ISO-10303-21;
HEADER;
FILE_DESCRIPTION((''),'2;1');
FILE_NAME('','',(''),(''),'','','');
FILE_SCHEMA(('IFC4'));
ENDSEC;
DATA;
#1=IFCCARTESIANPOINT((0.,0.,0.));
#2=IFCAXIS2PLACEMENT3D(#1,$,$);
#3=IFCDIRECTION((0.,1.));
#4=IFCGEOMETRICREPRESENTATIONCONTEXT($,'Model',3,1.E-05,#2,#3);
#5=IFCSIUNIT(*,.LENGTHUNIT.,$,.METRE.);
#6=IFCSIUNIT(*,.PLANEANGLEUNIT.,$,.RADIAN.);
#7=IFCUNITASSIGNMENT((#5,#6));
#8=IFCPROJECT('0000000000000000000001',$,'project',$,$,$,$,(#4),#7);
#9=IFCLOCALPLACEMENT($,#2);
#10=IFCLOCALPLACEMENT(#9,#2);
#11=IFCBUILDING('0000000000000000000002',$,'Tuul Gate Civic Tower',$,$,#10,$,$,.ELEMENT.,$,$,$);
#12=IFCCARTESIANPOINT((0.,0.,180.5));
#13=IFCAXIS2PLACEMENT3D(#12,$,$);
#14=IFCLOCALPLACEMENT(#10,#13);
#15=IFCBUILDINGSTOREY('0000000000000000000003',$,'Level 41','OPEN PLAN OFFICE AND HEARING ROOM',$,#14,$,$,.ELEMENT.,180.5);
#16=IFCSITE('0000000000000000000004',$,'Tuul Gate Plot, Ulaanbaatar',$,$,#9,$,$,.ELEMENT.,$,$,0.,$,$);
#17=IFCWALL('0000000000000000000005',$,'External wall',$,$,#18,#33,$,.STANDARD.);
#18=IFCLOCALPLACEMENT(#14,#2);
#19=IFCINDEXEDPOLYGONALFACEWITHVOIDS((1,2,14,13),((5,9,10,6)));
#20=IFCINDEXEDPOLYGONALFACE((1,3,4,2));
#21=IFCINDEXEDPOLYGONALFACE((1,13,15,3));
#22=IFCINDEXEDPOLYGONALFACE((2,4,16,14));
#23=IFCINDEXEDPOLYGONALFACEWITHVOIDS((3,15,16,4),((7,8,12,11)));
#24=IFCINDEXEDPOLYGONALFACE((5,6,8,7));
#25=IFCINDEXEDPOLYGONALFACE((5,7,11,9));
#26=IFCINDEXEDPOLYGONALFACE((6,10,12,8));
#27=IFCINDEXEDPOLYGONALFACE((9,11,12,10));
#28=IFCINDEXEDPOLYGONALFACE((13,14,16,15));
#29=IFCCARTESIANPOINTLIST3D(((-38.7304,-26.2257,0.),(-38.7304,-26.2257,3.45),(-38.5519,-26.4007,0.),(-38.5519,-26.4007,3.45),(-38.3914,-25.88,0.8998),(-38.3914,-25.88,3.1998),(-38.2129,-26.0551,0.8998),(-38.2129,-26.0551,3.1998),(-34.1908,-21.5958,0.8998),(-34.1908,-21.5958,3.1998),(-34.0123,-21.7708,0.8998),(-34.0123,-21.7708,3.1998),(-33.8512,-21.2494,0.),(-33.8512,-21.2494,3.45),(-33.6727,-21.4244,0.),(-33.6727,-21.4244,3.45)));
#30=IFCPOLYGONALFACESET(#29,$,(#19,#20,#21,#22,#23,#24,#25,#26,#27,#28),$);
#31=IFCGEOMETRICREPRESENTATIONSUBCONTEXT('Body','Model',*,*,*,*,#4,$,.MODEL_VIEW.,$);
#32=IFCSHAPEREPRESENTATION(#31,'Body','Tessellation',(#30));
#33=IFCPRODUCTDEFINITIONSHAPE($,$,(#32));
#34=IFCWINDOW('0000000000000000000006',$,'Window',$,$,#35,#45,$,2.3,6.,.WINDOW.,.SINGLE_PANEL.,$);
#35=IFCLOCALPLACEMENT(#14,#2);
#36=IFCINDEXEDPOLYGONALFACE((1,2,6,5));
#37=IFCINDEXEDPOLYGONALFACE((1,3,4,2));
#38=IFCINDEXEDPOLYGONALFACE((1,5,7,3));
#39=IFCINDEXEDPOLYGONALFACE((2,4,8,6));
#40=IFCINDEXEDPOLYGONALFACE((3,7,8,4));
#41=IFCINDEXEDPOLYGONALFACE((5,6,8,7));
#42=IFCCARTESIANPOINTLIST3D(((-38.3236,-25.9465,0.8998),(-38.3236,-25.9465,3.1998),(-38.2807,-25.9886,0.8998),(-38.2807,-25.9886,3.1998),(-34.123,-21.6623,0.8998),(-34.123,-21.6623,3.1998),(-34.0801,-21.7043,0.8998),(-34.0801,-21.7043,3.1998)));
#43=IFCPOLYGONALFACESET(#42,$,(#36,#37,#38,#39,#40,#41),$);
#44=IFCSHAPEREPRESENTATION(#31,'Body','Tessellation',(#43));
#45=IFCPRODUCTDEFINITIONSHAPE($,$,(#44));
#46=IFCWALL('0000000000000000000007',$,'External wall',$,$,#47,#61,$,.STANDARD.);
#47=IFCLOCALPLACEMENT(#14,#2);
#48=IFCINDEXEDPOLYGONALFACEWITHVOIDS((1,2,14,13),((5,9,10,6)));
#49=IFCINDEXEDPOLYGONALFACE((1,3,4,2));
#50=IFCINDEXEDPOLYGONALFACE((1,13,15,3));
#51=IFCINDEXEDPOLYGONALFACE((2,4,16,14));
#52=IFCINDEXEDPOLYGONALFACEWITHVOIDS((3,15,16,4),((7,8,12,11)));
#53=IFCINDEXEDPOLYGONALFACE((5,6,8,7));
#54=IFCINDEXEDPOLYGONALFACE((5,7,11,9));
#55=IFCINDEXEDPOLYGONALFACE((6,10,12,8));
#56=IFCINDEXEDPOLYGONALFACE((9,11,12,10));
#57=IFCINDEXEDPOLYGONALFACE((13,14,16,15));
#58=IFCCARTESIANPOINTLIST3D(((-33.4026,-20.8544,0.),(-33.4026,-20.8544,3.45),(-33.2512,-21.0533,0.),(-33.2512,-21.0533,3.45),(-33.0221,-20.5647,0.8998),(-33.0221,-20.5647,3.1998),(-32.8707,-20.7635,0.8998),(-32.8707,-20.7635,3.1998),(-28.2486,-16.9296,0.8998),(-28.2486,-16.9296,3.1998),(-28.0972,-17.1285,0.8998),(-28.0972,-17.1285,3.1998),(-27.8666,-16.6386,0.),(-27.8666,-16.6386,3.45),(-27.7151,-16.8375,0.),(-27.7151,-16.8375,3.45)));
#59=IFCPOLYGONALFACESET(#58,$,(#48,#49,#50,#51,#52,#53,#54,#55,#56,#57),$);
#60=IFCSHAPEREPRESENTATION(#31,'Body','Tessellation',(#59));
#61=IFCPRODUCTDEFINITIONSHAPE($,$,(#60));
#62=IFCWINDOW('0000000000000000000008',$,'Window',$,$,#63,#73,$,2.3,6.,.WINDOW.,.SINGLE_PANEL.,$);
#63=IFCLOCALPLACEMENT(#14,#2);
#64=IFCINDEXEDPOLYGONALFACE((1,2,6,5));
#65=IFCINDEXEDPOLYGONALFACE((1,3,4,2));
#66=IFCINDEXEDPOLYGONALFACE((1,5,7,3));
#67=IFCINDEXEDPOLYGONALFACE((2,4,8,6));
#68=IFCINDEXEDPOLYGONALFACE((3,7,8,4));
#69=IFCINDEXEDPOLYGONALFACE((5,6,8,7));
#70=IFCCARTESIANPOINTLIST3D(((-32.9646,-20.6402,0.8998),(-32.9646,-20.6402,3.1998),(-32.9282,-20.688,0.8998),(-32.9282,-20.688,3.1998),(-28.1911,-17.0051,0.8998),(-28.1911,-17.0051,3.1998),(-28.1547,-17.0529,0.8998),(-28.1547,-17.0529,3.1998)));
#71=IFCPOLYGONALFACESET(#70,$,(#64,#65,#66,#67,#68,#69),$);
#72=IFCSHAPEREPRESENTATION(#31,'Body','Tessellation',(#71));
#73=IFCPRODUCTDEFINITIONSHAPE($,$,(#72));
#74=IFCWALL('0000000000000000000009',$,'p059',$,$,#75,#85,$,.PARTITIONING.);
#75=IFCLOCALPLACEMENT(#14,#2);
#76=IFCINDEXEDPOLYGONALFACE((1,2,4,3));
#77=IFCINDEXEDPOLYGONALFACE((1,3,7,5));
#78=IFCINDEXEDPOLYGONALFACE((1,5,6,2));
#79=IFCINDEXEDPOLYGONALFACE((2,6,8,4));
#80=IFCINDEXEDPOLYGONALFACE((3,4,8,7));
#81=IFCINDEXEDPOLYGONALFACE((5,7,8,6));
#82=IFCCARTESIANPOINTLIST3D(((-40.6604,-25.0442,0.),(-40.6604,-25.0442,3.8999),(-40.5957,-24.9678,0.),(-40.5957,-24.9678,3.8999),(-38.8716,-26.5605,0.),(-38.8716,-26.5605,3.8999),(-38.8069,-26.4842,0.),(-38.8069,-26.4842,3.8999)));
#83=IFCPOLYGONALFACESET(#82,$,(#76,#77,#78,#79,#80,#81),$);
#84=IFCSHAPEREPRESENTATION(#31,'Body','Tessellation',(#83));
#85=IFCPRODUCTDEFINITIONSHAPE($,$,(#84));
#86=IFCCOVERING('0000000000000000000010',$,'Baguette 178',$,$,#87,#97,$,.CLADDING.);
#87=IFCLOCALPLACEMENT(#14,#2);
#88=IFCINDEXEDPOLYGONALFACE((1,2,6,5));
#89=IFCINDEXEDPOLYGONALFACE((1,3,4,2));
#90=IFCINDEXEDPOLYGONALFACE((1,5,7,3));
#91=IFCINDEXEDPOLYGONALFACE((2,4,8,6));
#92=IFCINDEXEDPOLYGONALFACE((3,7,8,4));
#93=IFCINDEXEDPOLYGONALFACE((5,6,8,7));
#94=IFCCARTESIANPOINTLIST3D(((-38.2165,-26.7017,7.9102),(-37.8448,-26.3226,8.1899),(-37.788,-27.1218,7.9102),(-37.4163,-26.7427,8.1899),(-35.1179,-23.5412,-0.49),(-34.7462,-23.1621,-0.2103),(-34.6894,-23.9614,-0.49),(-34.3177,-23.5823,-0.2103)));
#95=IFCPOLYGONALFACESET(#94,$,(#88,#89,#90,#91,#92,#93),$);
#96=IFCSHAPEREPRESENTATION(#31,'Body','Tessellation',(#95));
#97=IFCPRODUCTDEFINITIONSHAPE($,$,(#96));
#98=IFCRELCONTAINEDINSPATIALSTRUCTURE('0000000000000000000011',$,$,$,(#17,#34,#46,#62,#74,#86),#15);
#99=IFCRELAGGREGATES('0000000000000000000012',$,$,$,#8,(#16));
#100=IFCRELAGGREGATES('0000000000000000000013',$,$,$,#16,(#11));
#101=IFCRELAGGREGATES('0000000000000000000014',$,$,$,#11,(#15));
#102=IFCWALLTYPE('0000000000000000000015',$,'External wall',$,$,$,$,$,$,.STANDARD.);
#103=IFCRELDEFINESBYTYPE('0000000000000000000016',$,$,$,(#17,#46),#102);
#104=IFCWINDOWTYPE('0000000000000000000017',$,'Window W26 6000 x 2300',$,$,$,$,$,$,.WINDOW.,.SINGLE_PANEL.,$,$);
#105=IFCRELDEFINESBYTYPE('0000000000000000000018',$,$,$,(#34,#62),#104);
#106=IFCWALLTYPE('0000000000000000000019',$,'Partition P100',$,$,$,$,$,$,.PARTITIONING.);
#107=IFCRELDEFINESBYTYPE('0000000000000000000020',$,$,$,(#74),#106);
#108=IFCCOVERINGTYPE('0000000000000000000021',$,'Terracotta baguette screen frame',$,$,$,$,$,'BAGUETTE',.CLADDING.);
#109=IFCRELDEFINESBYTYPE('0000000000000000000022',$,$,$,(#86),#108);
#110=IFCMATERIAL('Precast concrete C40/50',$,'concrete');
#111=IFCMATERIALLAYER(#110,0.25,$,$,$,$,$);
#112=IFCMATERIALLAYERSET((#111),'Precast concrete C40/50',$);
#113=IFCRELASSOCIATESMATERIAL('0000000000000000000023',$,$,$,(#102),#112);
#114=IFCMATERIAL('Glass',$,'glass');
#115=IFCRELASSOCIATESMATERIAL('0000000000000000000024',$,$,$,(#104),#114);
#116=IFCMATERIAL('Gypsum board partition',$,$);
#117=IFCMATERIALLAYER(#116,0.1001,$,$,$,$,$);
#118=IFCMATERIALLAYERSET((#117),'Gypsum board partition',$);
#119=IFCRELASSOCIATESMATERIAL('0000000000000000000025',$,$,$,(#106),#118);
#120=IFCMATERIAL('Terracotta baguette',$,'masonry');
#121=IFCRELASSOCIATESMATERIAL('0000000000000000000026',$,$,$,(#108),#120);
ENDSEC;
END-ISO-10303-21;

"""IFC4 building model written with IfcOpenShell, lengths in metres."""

from ifc_helpers import new_model, si_unit, direction, frame, frame_2d, origin, origin_2d, place, context, subcontext, project, spatial, rectangle, extrude, material, layer, layer_set, material_profile, profile_set, type_object, element, fill, save


model = new_model("IFC4")

# Units and contexts
model_context = context("Model", 3, precision=1e-05, world=origin(), true_north=direction((0.0, 1.0)))
body_context = subcontext(model_context, "Body", "Model", "MODEL_VIEW")
ifc_project = project(units=[si_unit("LENGTHUNIT", "METRE"), si_unit("PLANEANGLEUNIT", "RADIAN")], contexts=[model_context])

# Site, building, storey
site_placement = place(None, origin())
site = spatial("IfcSite", under=ifc_project, at=site_placement, Name="Tuul Gate Plot, Ulaanbaatar", CompositionType="ELEMENT", RefElevation=0.0)
building_placement = place(site_placement, origin())
building = spatial("IfcBuilding", under=site, at=building_placement, Name="Tuul Gate Civic Tower", CompositionType="ELEMENT")
storey_placement = place(building_placement, frame((0.0, 0.0, 180.5)))
storey = spatial("IfcBuildingStorey", under=building, at=storey_placement, Name="Level 41", Description="OPEN PLAN OFFICE AND HEARING ROOM", CompositionType="ELEMENT", Elevation=180.5)

# Walls, openings, windows
ifc_material_1 = material(Name="Precast concrete C40/50", Category="concrete")
ifc_layer_1 = layer(ifc_material_1, 0.25)
ifc_layer_set_1 = layer_set([ifc_layer_1], Name="Precast concrete C40/50")
wall_type_1 = type_object("IfcWallType", Name="External wall", PredefinedType="STANDARD", material=ifc_layer_set_1)
wall_1_placement = place(storey_placement, frame((-38.6411, -26.3132, 0.0), z_axis=(0.0, 0.0, 1.0), x_axis=(0.700101, 0.714044, 0.0)))
wall_1 = element("IfcWall", 1, at=wall_1_placement, inside=storey, type_object=wall_type_1, Name="External wall", PredefinedType="STANDARD", context=body_context, shape_type="SweptSolid", body=[
    extrude(rectangle(XDim=6.9692, YDim=0.25, at=frame_2d((3.4846, 0.0))), origin(), (0.0, 0.0, 1.0), 3.45),
])
opening_1_placement = place(wall_1_placement, frame((0.4841, 0.0, 0.8999)))
opening_1 = element("IfcOpeningElement", 2, at=opening_1_placement, cuts=wall_1, PredefinedType="OPENING", context=body_context, shape_type="SweptSolid", body=[
    extrude(rectangle(XDim=6.0, YDim=2.3, at=frame_2d((3.0, 1.1499))), frame((0.0, 0.135, 0.0), z_axis=(0.0, -1.0, 0.0), x_axis=(1.0, 0.0, 0.0)), (0.0, 0.0, 1.0), 0.27),
])
ifc_material_2 = material(Name="Glass", Category="glass")
window_type = type_object("IfcWindowType", Name="Window W26 6000 x 2300", PartitioningType="SINGLE_PANEL", PredefinedType="WINDOW", material=ifc_material_2)
window_1_placement = place(opening_1_placement, origin())
window_1 = element("IfcWindow", 3, at=window_1_placement, inside=storey, type_object=window_type, Name="Window", OverallHeight=2.3, OverallWidth=6.0, PartitioningType="SINGLE_PANEL", PredefinedType="WINDOW", context=body_context, shape_type="SweptSolid", body=[
    extrude(rectangle(XDim=6.0, YDim=2.3, at=frame_2d((3.0, 1.1499))), frame((0.0, 0.03, 0.0), z_axis=(0.0, -1.0, 0.0), x_axis=(1.0, 0.0, 0.0)), (0.0, 0.0, 1.0), 0.0601),
])
fill(opening_1, window_1)
wall_2_placement = place(storey_placement, frame((-33.3269, -20.9539, 0.0), z_axis=(0.0, 0.0, 1.0), x_axis=(0.795583, 0.605844, 0.0)))
wall_2 = element("IfcWall", 4, at=wall_2_placement, inside=storey, type_object=wall_type_1, Name="External wall", PredefinedType="STANDARD", context=body_context, shape_type="SweptSolid", body=[
    extrude(rectangle(XDim=6.9585, YDim=0.25, at=frame_2d((3.4792, 0.0))), origin(), (0.0, 0.0, 1.0), 3.45),
])
opening_2_placement = place(wall_2_placement, frame((0.4783, 0.0, 0.8999)))
opening_2 = element("IfcOpeningElement", 5, at=opening_2_placement, cuts=wall_2, PredefinedType="OPENING", context=body_context, shape_type="SweptSolid", body=[
    extrude(rectangle(XDim=6.0, YDim=2.3, at=frame_2d((3.0, 1.1499))), frame((0.0, 0.135, 0.0), z_axis=(0.0, -1.0, 0.0), x_axis=(1.0, 0.0, 0.0)), (0.0, 0.0, 1.0), 0.27),
])
window_2_placement = place(opening_2_placement, origin())
window_2 = element("IfcWindow", 6, at=window_2_placement, inside=storey, type_object=window_type, Name="Window", OverallHeight=2.3, OverallWidth=6.0, PartitioningType="SINGLE_PANEL", PredefinedType="WINDOW", context=body_context, shape_type="SweptSolid", body=[
    extrude(rectangle(XDim=6.0, YDim=2.3, at=frame_2d((3.0, 1.1499))), frame((0.0, 0.03, 0.0), z_axis=(0.0, -1.0, 0.0), x_axis=(1.0, 0.0, 0.0)), (0.0, 0.0, 1.0), 0.0601),
])
fill(opening_2, window_2)

# Wall
ifc_material_3 = material(Name="Gypsum board partition")
ifc_layer_2 = layer(ifc_material_3, 0.1001)
ifc_layer_set_2 = layer_set([ifc_layer_2], Name="Gypsum board partition")
wall_type_2 = type_object("IfcWallType", Name="Partition P100", PredefinedType="PARTITIONING", material=ifc_layer_set_2)
wall_3_placement = place(storey_placement, frame((-40.6279, -25.0061, 0.0), z_axis=(0.0, 0.0, 1.0), x_axis=(0.762809, -0.646623, 0.0)))
element("IfcWall", 7, at=wall_3_placement, inside=storey, type_object=wall_type_2, Name="p059", PredefinedType="PARTITIONING", context=body_context, shape_type="SweptSolid", body=[
    extrude(rectangle(XDim=2.345, YDim=0.1001, at=frame_2d((1.1724, 0.0))), origin(), (0.0, 0.0, 1.0), 3.8999),
])

# Covering
ifc_material_4 = material(Name="Terracotta baguette", Category="masonry")
ifc_material_profile_1 = material_profile(ifc_material_4, rectangle(XDim=0.6001, YDim=0.6001, at=origin_2d()), Name="Terracotta baguette screen frame")
ifc_profile_set_1 = profile_set([ifc_material_profile_1], Name="Terracotta baguette")
covering_type = type_object("IfcCoveringType", Name="Terracotta baguette screen frame", ElementType="BAGUETTE", PredefinedType="CLADDING", material=ifc_profile_set_1)
covering_placement = place(storey_placement, frame((-37.8164, -26.7222, 8.05), z_axis=(0.326349, 0.332854, -0.884706), x_axis=(-0.71405, 0.700095, 0.0)))
element("IfcCovering", 8, at=covering_placement, inside=storey, type_object=covering_type, Name="Baguette 178", PredefinedType="CLADDING", context=body_context, shape_type="SweptSolid", body=[
    extrude(rectangle(XDim=0.6001, YDim=0.6001, at=origin_2d()), origin(), (0.0, 0.0, 1.0), 9.4949),
])

save(model, "model.ifc")
